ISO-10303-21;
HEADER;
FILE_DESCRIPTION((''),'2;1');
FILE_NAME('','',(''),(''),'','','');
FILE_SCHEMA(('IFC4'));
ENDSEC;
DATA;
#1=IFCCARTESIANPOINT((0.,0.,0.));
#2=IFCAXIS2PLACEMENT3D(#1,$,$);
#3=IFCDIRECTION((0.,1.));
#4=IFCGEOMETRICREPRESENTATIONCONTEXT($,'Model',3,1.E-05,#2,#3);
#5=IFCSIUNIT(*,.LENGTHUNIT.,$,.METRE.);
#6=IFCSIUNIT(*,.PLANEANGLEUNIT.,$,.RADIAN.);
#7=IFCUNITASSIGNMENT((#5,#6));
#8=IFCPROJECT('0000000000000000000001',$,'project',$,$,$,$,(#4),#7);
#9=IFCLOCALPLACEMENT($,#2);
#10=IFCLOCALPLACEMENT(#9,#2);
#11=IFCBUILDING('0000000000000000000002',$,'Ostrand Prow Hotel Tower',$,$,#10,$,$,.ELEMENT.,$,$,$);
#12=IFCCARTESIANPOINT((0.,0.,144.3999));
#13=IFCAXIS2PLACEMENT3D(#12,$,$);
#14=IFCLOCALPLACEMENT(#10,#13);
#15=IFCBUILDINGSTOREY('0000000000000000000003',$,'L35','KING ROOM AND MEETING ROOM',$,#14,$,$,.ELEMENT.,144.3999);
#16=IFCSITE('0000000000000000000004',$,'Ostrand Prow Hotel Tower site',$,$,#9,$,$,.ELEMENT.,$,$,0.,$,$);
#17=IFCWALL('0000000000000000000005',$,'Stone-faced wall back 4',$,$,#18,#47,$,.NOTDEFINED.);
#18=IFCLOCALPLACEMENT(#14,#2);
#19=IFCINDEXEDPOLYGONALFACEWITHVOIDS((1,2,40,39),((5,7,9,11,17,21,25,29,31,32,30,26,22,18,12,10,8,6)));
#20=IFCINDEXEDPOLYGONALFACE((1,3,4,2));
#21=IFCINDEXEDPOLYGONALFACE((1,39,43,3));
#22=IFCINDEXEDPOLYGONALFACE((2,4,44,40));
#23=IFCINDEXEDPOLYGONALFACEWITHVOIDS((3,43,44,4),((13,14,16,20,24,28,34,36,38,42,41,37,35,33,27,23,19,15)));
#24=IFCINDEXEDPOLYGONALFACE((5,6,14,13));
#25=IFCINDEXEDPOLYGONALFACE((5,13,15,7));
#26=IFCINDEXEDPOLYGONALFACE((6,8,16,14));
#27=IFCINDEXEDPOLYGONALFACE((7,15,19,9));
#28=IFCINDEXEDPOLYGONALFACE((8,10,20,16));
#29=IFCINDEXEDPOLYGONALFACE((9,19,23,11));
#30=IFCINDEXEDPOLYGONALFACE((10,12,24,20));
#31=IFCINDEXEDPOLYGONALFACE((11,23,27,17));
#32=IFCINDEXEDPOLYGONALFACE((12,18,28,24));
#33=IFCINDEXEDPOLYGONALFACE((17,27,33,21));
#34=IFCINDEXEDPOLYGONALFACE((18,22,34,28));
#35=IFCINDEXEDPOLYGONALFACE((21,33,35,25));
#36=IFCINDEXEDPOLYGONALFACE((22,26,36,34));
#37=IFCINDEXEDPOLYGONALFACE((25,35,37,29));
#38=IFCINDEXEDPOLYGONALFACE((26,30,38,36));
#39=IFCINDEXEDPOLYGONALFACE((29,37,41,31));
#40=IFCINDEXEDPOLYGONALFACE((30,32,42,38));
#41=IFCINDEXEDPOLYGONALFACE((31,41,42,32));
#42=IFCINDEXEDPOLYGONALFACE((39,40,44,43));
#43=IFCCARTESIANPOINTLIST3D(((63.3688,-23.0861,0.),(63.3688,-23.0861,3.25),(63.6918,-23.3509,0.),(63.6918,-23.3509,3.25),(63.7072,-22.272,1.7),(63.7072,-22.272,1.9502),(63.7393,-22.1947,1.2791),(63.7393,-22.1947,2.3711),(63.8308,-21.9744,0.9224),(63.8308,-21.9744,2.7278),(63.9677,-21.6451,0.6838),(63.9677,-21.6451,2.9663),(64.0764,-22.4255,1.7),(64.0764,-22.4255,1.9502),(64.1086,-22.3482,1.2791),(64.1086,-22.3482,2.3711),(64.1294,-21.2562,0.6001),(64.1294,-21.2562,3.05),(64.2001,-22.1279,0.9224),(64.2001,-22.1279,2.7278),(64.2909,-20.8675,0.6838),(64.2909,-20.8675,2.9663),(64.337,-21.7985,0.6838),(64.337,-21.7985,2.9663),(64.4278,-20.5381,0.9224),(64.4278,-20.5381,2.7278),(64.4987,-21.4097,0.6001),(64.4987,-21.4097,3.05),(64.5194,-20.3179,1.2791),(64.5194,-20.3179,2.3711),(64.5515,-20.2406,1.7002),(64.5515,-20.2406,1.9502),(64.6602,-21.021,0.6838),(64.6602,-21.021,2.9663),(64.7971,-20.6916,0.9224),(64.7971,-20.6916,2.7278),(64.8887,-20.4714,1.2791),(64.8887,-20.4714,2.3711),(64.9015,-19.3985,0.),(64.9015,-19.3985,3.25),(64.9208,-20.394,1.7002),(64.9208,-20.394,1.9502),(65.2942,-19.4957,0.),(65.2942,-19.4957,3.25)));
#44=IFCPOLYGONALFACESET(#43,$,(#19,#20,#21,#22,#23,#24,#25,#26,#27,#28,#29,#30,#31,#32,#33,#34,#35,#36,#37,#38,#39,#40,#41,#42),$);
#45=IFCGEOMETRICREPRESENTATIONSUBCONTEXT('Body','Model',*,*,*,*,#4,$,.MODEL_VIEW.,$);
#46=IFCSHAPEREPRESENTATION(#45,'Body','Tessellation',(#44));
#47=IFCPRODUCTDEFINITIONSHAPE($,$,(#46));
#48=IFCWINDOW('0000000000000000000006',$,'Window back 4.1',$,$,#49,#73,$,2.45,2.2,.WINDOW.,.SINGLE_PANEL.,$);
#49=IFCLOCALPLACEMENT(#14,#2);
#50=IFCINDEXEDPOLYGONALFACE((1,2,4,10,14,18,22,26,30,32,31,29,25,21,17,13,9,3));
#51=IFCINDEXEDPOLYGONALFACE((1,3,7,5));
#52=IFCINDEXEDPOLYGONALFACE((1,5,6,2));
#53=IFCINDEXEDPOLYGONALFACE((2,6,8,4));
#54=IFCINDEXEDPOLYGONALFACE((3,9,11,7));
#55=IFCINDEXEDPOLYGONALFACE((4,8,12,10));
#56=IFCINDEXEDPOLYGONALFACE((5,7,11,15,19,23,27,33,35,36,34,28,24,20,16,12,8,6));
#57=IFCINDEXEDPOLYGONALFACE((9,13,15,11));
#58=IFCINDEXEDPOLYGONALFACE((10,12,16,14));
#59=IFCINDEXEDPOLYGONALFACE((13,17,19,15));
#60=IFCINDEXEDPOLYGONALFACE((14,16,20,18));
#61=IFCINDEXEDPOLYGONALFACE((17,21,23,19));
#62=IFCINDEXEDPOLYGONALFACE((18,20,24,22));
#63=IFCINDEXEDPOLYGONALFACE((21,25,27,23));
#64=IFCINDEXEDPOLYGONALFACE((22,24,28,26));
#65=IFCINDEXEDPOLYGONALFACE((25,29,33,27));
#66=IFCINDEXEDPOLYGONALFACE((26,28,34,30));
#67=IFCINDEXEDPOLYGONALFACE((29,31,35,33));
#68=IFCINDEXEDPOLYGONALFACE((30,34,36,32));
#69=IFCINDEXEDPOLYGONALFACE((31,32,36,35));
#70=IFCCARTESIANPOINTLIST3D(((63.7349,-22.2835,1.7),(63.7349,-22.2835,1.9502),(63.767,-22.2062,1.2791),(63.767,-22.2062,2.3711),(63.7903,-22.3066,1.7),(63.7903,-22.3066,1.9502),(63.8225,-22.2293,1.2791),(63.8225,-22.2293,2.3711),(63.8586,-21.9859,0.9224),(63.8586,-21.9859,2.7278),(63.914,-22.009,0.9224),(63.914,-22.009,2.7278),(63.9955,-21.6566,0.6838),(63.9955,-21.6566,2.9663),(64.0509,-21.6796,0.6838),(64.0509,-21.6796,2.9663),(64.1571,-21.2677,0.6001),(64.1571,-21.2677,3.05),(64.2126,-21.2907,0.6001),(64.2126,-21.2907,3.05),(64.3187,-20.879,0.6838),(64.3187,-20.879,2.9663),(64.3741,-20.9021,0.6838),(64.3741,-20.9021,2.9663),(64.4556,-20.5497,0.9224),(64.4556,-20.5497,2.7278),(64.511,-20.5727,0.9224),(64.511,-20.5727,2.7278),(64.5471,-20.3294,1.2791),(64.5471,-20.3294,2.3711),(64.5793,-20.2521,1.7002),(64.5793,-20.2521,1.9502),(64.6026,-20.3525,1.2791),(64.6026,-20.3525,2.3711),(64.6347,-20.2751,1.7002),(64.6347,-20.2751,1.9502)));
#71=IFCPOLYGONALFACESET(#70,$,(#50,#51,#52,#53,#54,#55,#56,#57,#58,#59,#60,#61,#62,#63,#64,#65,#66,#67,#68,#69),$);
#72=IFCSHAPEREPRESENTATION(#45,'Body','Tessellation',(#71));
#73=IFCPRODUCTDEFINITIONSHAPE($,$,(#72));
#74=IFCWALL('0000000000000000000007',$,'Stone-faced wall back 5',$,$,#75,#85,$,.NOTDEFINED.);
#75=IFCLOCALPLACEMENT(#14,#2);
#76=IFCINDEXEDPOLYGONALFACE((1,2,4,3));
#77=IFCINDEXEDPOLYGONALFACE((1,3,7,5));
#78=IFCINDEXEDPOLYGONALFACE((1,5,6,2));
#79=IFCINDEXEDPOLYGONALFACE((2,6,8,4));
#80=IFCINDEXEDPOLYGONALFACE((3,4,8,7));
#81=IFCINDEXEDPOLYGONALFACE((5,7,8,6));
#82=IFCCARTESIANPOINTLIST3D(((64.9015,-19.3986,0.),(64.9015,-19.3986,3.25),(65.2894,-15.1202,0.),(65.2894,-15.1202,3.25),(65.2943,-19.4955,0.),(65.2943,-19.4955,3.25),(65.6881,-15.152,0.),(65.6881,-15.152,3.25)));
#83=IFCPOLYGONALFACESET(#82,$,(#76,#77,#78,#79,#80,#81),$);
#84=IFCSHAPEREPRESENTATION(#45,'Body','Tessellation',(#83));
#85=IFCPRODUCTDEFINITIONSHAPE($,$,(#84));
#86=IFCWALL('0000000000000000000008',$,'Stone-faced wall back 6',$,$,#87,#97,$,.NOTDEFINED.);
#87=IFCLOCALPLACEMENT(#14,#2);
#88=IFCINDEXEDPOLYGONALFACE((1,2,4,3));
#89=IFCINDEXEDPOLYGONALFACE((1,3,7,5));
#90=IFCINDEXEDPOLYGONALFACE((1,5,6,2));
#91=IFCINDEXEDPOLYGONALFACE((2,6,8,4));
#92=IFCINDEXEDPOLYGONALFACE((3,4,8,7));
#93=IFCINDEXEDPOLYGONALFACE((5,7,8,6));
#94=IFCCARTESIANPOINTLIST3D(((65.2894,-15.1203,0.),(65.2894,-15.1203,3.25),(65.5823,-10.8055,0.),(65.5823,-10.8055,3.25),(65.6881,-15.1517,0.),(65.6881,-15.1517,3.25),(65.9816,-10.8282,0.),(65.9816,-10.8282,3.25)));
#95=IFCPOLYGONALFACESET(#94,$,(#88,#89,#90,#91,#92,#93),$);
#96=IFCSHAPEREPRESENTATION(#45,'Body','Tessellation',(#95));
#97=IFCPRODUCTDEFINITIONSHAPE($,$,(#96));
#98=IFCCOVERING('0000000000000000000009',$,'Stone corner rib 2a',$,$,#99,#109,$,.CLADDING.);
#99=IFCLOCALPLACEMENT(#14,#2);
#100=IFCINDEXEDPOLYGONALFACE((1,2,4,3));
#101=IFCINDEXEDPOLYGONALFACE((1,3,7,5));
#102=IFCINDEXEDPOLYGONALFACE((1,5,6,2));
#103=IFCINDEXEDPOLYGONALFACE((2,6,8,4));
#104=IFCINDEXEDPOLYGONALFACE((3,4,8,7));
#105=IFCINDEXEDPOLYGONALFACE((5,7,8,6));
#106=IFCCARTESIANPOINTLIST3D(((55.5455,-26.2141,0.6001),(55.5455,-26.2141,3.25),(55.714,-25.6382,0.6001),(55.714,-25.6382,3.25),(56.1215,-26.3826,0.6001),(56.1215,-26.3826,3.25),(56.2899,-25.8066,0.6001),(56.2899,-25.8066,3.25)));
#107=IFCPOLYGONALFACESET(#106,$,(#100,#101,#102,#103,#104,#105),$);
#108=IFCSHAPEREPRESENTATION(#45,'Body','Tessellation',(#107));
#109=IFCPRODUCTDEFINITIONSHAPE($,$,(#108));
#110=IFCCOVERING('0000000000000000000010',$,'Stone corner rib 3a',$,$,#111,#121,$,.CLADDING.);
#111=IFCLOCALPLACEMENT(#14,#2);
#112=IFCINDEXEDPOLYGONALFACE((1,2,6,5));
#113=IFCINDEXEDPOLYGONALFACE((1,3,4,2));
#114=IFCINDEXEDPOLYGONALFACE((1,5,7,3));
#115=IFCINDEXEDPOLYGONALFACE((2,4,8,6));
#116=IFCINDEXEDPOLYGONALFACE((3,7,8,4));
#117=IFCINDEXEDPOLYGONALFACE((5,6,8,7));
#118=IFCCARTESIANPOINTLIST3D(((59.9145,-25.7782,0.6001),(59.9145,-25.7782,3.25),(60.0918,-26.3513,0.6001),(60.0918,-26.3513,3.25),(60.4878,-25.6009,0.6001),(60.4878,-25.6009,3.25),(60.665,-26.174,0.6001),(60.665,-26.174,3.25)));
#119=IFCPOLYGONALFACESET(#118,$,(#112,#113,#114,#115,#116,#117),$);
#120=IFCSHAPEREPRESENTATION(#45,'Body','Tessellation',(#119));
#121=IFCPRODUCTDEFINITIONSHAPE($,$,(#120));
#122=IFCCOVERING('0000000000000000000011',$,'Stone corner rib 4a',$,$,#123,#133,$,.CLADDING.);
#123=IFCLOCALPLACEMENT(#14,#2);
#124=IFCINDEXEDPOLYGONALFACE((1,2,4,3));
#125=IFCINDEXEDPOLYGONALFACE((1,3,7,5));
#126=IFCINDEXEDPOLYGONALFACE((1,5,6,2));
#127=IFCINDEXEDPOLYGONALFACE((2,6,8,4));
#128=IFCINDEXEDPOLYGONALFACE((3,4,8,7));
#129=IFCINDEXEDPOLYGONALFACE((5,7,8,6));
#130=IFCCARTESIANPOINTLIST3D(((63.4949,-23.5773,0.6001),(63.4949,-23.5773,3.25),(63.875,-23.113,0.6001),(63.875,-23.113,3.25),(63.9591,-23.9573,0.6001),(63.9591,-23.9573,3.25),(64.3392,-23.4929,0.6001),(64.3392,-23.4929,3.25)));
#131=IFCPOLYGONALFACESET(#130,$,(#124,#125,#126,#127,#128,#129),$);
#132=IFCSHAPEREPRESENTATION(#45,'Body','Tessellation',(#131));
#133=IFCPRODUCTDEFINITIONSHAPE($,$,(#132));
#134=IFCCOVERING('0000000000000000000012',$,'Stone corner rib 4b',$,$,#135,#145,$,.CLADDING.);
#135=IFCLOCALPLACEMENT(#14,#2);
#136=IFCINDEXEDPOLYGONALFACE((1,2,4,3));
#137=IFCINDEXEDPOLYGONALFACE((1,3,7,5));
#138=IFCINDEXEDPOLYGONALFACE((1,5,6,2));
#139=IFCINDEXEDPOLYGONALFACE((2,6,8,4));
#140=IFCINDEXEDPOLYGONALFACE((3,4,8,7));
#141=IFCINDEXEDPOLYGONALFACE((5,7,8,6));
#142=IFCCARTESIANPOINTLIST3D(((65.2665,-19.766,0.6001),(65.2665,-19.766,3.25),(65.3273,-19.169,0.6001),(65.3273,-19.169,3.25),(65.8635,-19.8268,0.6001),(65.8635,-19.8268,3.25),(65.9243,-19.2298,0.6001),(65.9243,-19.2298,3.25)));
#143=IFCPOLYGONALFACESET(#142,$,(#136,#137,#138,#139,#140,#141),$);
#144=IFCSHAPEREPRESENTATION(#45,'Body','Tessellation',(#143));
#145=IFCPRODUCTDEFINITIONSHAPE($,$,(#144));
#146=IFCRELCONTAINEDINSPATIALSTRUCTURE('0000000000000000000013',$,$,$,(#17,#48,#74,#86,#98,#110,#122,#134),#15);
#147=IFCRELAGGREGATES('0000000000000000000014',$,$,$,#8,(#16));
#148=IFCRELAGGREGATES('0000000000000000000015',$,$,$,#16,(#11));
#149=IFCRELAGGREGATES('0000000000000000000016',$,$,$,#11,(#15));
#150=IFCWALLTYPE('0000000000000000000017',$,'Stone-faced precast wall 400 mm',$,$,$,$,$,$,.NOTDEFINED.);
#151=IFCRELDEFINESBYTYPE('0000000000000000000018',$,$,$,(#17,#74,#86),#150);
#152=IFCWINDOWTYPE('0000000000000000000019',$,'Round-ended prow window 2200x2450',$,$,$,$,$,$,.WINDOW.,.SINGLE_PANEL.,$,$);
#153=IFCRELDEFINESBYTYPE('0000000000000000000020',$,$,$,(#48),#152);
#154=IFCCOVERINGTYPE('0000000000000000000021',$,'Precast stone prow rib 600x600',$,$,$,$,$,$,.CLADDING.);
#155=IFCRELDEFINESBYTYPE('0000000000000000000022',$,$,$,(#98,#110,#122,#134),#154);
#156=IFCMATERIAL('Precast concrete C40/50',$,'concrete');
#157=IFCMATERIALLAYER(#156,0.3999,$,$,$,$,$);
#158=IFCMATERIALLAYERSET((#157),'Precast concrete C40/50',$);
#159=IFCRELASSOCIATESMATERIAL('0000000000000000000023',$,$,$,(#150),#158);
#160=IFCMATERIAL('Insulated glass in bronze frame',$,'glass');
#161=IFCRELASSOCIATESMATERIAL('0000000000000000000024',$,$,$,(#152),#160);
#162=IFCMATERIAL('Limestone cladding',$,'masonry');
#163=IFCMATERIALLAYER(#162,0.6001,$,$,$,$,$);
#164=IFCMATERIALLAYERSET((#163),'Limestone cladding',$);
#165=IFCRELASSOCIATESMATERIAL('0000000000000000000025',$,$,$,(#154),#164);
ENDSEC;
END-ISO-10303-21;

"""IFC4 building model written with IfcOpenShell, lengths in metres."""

from ifc_helpers import new_model, si_unit, direction, frame, frame_2d, origin, place, context, subcontext, project, spatial, polyline, rectangle, outline, extrude, material, layer, layer_set, type_object, element, fill, save


model = new_model("IFC4")

# Units and contexts
model_context = context("Model", 3, precision=1e-05, world=origin(), true_north=direction((0.0, 1.0)))
body_context = subcontext(model_context, "Body", "Model", "MODEL_VIEW")
ifc_project = project(units=[si_unit("LENGTHUNIT", "METRE"), si_unit("PLANEANGLEUNIT", "RADIAN")], contexts=[model_context])

# Site, building, storey
site_placement = place(None, origin())
site = spatial("IfcSite", under=ifc_project, at=site_placement, Name="Ostrand Prow Hotel Tower site", CompositionType="ELEMENT", RefElevation=0.0)
building_placement = place(site_placement, origin())
building = spatial("IfcBuilding", under=site, at=building_placement, Name="Ostrand Prow Hotel Tower", CompositionType="ELEMENT")
storey_placement = place(building_placement, frame((0.0, 0.0, 144.3999)))
storey = spatial("IfcBuildingStorey", under=building, at=storey_placement, Name="L35", Description="KING ROOM AND MEETING ROOM", CompositionType="ELEMENT", Elevation=144.3999)

# Wall, opening, window
ifc_material_1 = material(Name="Precast concrete C40/50", Category="concrete")
ifc_layer_1 = layer(ifc_material_1, 0.3999)
ifc_layer_set_1 = layer_set([ifc_layer_1], Name="Precast concrete C40/50")
wall_type_1 = type_object("IfcWallType", Name="Stone-faced precast wall 400 mm", PredefinedType="NOTDEFINED", material=ifc_layer_set_1)
ifc_material_2 = material(Name="Insulated glass in bronze frame", Category="glass")
window_type = type_object("IfcWindowType", Name="Round-ended prow window 2200x2450", PartitioningType="SINGLE_PANEL", PredefinedType="WINDOW", material=ifc_material_2)
wall_1_placement = place(storey_placement, frame((63.5303, -23.2185, 0.0), z_axis=(0.0, 0.0, 1.0), x_axis=(0.383817, 0.923409, 0.0)))
wall_1 = element("IfcWall", 1, at=wall_1_placement, inside=storey, type_object=wall_type_1, Name="Stone-faced wall back 4", PredefinedType="NOTDEFINED", context=body_context, shape_type="SweptSolid", body=[
    extrude(outline(polyline([(-0.0603, -0.2), (4.1147, -0.2), (4.0537, 0.2), (0.0603, 0.2), (-0.0603, -0.2)])), origin(), (0.0, 0.0, 1.0), 3.25),
])
opening_1_placement = place(wall_1_placement, frame((0.9419, 0.0, 0.6001)))
opening_1 = element("IfcOpeningElement", 2, at=opening_1_placement, cuts=wall_1, PredefinedType="OPENING", context=body_context, shape_type="SweptSolid", body=[
    extrude(outline(polyline([(0.0, 1.3501), (0.0837, 1.771), (0.3223, 2.1277), (0.679, 2.3662), (1.1001, 2.45), (1.521, 2.3662), (1.8777, 2.1277), (2.1162, 1.771), (2.2, 1.3501), (2.2, 1.1001), (2.1162, 0.679), (1.8777, 0.3223), (1.521, 0.0837), (1.1001, 0.0), (0.679, 0.0837), (0.3223, 0.3223), (0.0837, 0.679), (0.0, 1.0999), (0.0, 1.3501)])), frame((0.0, 0.21, 0.0), z_axis=(0.0, -1.0, 0.0), x_axis=(1.0, 0.0, 0.0)), (0.0, 0.0, 1.0), 0.4199),
])
window_1_placement = place(opening_1_placement, origin())
window_1 = element("IfcWindow", 3, at=window_1_placement, inside=storey, type_object=window_type, Name="Window back 4.1", OverallHeight=2.45, OverallWidth=2.2, PartitioningType="SINGLE_PANEL", PredefinedType="WINDOW", context=body_context, shape_type="SweptSolid", body=[
    extrude(outline(polyline([(0.0, 1.3501), (0.0837, 1.771), (0.3223, 2.1277), (0.679, 2.3662), (1.1001, 2.45), (1.521, 2.3662), (1.8777, 2.1277), (2.1162, 1.771), (2.2, 1.3501), (2.2, 1.1001), (2.1162, 0.679), (1.8777, 0.3223), (1.521, 0.0837), (1.1001, 0.0), (0.679, 0.0837), (0.3223, 0.3223), (0.0837, 0.679), (0.0, 1.0999), (0.0, 1.3501)])), frame((0.0, 0.1699, 0.0), z_axis=(0.0, -1.0, 0.0), x_axis=(1.0, 0.0, 0.0)), (0.0, 0.0, 1.0), 0.0601),
])
fill(opening_1, window_1)

# Walls
wall_2_placement = place(storey_placement, frame((65.0979, -19.447, 0.0), z_axis=(0.0, 0.0, 1.0), x_axis=(0.090297, 0.995915, 0.0)))
element("IfcWall", 4, at=wall_2_placement, inside=storey, type_object=wall_type_1, Name="Stone-faced wall back 5", PredefinedType="NOTDEFINED", context=body_context, shape_type="SweptSolid", body=[
    extrude(outline(polyline([(-0.0305, -0.2), (4.3308, -0.2), (4.3264, 0.2), (0.0305, 0.2), (-0.0305, -0.2)])), origin(), (0.0, 0.0, 1.0), 3.25),
])
wall_3_placement = place(storey_placement, frame((65.4888, -15.136, 0.0), z_axis=(0.0, 0.0, 1.0), x_axis=(0.067732, 0.997704, 0.0)))
element("IfcWall", 5, at=wall_3_placement, inside=storey, type_object=wall_type_1, Name="Stone-faced wall back 6", PredefinedType="NOTDEFINED", context=body_context, shape_type="SweptSolid", body=[
    extrude(outline(polyline([(-0.0022, -0.2), (4.3313, -0.2), (4.3269, 0.2), (0.0022, 0.2), (-0.0022, -0.2)])), origin(), (0.0, 0.0, 1.0), 3.25),
])

# Coverings
ifc_material_3 = material(Name="Limestone cladding", Category="masonry")
ifc_layer_2 = layer(ifc_material_3, 0.6001)
ifc_layer_set_2 = layer_set([ifc_layer_2], Name="Limestone cladding")
covering_type = type_object("IfcCoveringType", Name="Precast stone prow rib 600x600", PredefinedType="CLADDING", material=ifc_layer_set_2)
covering_1_placement = place(storey_placement, frame((56.002, -25.7224, 0.6001), z_axis=(0.0, 0.0, 1.0), x_axis=(-0.280734, -0.959786, 0.0)))
element("IfcCovering", 6, at=covering_1_placement, inside=storey, type_object=covering_type, Name="Stone corner rib 2a", PredefinedType="CLADDING", context=body_context, shape_type="SweptSolid", body=[
    extrude(rectangle(XDim=0.6001, YDim=0.6001, at=frame_2d((0.3, 0.0))), origin(), (0.0, 0.0, 1.0), 2.6499),
])
for number, where, z_axis, x_axis, name in (
    (7, (60.2012, -25.6897, 0.6001), (0.0, 0.0, 1.0), (0.295516, -0.955338, 0.0), "Stone corner rib 3a"),
    (8, (63.6851, -23.3452, 0.6001), (0.0, 0.0, 1.0), (0.77383, -0.633393, 0.0), "Stone corner rib 4a"),
):
    element("IfcCovering", number, at=place(storey_placement, frame(where, z_axis=z_axis, x_axis=x_axis)), inside=storey, type_object=covering_type, Name=name, PredefinedType="CLADDING", context=body_context, shape_type="SweptSolid", body=[
        extrude(rectangle(XDim=0.5999, YDim=0.6001, at=frame_2d((0.2998, 0.0))), origin(), (0.0, 0.0, 1.0), 2.6499),
    ])
covering_2_placement = place(storey_placement, frame((65.2969, -19.4675, 0.6001), z_axis=(0.0, 0.0, 1.0), x_axis=(0.994854, -0.101316, 0.0)))
element("IfcCovering", 9, at=covering_2_placement, inside=storey, type_object=covering_type, Name="Stone corner rib 4b", PredefinedType="CLADDING", context=body_context, shape_type="SweptSolid", body=[
    extrude(rectangle(XDim=0.6001, YDim=0.6001, at=frame_2d((0.3, 0.0))), origin(), (0.0, 0.0, 1.0), 2.6499),
])

save(model, "model.ifc")
